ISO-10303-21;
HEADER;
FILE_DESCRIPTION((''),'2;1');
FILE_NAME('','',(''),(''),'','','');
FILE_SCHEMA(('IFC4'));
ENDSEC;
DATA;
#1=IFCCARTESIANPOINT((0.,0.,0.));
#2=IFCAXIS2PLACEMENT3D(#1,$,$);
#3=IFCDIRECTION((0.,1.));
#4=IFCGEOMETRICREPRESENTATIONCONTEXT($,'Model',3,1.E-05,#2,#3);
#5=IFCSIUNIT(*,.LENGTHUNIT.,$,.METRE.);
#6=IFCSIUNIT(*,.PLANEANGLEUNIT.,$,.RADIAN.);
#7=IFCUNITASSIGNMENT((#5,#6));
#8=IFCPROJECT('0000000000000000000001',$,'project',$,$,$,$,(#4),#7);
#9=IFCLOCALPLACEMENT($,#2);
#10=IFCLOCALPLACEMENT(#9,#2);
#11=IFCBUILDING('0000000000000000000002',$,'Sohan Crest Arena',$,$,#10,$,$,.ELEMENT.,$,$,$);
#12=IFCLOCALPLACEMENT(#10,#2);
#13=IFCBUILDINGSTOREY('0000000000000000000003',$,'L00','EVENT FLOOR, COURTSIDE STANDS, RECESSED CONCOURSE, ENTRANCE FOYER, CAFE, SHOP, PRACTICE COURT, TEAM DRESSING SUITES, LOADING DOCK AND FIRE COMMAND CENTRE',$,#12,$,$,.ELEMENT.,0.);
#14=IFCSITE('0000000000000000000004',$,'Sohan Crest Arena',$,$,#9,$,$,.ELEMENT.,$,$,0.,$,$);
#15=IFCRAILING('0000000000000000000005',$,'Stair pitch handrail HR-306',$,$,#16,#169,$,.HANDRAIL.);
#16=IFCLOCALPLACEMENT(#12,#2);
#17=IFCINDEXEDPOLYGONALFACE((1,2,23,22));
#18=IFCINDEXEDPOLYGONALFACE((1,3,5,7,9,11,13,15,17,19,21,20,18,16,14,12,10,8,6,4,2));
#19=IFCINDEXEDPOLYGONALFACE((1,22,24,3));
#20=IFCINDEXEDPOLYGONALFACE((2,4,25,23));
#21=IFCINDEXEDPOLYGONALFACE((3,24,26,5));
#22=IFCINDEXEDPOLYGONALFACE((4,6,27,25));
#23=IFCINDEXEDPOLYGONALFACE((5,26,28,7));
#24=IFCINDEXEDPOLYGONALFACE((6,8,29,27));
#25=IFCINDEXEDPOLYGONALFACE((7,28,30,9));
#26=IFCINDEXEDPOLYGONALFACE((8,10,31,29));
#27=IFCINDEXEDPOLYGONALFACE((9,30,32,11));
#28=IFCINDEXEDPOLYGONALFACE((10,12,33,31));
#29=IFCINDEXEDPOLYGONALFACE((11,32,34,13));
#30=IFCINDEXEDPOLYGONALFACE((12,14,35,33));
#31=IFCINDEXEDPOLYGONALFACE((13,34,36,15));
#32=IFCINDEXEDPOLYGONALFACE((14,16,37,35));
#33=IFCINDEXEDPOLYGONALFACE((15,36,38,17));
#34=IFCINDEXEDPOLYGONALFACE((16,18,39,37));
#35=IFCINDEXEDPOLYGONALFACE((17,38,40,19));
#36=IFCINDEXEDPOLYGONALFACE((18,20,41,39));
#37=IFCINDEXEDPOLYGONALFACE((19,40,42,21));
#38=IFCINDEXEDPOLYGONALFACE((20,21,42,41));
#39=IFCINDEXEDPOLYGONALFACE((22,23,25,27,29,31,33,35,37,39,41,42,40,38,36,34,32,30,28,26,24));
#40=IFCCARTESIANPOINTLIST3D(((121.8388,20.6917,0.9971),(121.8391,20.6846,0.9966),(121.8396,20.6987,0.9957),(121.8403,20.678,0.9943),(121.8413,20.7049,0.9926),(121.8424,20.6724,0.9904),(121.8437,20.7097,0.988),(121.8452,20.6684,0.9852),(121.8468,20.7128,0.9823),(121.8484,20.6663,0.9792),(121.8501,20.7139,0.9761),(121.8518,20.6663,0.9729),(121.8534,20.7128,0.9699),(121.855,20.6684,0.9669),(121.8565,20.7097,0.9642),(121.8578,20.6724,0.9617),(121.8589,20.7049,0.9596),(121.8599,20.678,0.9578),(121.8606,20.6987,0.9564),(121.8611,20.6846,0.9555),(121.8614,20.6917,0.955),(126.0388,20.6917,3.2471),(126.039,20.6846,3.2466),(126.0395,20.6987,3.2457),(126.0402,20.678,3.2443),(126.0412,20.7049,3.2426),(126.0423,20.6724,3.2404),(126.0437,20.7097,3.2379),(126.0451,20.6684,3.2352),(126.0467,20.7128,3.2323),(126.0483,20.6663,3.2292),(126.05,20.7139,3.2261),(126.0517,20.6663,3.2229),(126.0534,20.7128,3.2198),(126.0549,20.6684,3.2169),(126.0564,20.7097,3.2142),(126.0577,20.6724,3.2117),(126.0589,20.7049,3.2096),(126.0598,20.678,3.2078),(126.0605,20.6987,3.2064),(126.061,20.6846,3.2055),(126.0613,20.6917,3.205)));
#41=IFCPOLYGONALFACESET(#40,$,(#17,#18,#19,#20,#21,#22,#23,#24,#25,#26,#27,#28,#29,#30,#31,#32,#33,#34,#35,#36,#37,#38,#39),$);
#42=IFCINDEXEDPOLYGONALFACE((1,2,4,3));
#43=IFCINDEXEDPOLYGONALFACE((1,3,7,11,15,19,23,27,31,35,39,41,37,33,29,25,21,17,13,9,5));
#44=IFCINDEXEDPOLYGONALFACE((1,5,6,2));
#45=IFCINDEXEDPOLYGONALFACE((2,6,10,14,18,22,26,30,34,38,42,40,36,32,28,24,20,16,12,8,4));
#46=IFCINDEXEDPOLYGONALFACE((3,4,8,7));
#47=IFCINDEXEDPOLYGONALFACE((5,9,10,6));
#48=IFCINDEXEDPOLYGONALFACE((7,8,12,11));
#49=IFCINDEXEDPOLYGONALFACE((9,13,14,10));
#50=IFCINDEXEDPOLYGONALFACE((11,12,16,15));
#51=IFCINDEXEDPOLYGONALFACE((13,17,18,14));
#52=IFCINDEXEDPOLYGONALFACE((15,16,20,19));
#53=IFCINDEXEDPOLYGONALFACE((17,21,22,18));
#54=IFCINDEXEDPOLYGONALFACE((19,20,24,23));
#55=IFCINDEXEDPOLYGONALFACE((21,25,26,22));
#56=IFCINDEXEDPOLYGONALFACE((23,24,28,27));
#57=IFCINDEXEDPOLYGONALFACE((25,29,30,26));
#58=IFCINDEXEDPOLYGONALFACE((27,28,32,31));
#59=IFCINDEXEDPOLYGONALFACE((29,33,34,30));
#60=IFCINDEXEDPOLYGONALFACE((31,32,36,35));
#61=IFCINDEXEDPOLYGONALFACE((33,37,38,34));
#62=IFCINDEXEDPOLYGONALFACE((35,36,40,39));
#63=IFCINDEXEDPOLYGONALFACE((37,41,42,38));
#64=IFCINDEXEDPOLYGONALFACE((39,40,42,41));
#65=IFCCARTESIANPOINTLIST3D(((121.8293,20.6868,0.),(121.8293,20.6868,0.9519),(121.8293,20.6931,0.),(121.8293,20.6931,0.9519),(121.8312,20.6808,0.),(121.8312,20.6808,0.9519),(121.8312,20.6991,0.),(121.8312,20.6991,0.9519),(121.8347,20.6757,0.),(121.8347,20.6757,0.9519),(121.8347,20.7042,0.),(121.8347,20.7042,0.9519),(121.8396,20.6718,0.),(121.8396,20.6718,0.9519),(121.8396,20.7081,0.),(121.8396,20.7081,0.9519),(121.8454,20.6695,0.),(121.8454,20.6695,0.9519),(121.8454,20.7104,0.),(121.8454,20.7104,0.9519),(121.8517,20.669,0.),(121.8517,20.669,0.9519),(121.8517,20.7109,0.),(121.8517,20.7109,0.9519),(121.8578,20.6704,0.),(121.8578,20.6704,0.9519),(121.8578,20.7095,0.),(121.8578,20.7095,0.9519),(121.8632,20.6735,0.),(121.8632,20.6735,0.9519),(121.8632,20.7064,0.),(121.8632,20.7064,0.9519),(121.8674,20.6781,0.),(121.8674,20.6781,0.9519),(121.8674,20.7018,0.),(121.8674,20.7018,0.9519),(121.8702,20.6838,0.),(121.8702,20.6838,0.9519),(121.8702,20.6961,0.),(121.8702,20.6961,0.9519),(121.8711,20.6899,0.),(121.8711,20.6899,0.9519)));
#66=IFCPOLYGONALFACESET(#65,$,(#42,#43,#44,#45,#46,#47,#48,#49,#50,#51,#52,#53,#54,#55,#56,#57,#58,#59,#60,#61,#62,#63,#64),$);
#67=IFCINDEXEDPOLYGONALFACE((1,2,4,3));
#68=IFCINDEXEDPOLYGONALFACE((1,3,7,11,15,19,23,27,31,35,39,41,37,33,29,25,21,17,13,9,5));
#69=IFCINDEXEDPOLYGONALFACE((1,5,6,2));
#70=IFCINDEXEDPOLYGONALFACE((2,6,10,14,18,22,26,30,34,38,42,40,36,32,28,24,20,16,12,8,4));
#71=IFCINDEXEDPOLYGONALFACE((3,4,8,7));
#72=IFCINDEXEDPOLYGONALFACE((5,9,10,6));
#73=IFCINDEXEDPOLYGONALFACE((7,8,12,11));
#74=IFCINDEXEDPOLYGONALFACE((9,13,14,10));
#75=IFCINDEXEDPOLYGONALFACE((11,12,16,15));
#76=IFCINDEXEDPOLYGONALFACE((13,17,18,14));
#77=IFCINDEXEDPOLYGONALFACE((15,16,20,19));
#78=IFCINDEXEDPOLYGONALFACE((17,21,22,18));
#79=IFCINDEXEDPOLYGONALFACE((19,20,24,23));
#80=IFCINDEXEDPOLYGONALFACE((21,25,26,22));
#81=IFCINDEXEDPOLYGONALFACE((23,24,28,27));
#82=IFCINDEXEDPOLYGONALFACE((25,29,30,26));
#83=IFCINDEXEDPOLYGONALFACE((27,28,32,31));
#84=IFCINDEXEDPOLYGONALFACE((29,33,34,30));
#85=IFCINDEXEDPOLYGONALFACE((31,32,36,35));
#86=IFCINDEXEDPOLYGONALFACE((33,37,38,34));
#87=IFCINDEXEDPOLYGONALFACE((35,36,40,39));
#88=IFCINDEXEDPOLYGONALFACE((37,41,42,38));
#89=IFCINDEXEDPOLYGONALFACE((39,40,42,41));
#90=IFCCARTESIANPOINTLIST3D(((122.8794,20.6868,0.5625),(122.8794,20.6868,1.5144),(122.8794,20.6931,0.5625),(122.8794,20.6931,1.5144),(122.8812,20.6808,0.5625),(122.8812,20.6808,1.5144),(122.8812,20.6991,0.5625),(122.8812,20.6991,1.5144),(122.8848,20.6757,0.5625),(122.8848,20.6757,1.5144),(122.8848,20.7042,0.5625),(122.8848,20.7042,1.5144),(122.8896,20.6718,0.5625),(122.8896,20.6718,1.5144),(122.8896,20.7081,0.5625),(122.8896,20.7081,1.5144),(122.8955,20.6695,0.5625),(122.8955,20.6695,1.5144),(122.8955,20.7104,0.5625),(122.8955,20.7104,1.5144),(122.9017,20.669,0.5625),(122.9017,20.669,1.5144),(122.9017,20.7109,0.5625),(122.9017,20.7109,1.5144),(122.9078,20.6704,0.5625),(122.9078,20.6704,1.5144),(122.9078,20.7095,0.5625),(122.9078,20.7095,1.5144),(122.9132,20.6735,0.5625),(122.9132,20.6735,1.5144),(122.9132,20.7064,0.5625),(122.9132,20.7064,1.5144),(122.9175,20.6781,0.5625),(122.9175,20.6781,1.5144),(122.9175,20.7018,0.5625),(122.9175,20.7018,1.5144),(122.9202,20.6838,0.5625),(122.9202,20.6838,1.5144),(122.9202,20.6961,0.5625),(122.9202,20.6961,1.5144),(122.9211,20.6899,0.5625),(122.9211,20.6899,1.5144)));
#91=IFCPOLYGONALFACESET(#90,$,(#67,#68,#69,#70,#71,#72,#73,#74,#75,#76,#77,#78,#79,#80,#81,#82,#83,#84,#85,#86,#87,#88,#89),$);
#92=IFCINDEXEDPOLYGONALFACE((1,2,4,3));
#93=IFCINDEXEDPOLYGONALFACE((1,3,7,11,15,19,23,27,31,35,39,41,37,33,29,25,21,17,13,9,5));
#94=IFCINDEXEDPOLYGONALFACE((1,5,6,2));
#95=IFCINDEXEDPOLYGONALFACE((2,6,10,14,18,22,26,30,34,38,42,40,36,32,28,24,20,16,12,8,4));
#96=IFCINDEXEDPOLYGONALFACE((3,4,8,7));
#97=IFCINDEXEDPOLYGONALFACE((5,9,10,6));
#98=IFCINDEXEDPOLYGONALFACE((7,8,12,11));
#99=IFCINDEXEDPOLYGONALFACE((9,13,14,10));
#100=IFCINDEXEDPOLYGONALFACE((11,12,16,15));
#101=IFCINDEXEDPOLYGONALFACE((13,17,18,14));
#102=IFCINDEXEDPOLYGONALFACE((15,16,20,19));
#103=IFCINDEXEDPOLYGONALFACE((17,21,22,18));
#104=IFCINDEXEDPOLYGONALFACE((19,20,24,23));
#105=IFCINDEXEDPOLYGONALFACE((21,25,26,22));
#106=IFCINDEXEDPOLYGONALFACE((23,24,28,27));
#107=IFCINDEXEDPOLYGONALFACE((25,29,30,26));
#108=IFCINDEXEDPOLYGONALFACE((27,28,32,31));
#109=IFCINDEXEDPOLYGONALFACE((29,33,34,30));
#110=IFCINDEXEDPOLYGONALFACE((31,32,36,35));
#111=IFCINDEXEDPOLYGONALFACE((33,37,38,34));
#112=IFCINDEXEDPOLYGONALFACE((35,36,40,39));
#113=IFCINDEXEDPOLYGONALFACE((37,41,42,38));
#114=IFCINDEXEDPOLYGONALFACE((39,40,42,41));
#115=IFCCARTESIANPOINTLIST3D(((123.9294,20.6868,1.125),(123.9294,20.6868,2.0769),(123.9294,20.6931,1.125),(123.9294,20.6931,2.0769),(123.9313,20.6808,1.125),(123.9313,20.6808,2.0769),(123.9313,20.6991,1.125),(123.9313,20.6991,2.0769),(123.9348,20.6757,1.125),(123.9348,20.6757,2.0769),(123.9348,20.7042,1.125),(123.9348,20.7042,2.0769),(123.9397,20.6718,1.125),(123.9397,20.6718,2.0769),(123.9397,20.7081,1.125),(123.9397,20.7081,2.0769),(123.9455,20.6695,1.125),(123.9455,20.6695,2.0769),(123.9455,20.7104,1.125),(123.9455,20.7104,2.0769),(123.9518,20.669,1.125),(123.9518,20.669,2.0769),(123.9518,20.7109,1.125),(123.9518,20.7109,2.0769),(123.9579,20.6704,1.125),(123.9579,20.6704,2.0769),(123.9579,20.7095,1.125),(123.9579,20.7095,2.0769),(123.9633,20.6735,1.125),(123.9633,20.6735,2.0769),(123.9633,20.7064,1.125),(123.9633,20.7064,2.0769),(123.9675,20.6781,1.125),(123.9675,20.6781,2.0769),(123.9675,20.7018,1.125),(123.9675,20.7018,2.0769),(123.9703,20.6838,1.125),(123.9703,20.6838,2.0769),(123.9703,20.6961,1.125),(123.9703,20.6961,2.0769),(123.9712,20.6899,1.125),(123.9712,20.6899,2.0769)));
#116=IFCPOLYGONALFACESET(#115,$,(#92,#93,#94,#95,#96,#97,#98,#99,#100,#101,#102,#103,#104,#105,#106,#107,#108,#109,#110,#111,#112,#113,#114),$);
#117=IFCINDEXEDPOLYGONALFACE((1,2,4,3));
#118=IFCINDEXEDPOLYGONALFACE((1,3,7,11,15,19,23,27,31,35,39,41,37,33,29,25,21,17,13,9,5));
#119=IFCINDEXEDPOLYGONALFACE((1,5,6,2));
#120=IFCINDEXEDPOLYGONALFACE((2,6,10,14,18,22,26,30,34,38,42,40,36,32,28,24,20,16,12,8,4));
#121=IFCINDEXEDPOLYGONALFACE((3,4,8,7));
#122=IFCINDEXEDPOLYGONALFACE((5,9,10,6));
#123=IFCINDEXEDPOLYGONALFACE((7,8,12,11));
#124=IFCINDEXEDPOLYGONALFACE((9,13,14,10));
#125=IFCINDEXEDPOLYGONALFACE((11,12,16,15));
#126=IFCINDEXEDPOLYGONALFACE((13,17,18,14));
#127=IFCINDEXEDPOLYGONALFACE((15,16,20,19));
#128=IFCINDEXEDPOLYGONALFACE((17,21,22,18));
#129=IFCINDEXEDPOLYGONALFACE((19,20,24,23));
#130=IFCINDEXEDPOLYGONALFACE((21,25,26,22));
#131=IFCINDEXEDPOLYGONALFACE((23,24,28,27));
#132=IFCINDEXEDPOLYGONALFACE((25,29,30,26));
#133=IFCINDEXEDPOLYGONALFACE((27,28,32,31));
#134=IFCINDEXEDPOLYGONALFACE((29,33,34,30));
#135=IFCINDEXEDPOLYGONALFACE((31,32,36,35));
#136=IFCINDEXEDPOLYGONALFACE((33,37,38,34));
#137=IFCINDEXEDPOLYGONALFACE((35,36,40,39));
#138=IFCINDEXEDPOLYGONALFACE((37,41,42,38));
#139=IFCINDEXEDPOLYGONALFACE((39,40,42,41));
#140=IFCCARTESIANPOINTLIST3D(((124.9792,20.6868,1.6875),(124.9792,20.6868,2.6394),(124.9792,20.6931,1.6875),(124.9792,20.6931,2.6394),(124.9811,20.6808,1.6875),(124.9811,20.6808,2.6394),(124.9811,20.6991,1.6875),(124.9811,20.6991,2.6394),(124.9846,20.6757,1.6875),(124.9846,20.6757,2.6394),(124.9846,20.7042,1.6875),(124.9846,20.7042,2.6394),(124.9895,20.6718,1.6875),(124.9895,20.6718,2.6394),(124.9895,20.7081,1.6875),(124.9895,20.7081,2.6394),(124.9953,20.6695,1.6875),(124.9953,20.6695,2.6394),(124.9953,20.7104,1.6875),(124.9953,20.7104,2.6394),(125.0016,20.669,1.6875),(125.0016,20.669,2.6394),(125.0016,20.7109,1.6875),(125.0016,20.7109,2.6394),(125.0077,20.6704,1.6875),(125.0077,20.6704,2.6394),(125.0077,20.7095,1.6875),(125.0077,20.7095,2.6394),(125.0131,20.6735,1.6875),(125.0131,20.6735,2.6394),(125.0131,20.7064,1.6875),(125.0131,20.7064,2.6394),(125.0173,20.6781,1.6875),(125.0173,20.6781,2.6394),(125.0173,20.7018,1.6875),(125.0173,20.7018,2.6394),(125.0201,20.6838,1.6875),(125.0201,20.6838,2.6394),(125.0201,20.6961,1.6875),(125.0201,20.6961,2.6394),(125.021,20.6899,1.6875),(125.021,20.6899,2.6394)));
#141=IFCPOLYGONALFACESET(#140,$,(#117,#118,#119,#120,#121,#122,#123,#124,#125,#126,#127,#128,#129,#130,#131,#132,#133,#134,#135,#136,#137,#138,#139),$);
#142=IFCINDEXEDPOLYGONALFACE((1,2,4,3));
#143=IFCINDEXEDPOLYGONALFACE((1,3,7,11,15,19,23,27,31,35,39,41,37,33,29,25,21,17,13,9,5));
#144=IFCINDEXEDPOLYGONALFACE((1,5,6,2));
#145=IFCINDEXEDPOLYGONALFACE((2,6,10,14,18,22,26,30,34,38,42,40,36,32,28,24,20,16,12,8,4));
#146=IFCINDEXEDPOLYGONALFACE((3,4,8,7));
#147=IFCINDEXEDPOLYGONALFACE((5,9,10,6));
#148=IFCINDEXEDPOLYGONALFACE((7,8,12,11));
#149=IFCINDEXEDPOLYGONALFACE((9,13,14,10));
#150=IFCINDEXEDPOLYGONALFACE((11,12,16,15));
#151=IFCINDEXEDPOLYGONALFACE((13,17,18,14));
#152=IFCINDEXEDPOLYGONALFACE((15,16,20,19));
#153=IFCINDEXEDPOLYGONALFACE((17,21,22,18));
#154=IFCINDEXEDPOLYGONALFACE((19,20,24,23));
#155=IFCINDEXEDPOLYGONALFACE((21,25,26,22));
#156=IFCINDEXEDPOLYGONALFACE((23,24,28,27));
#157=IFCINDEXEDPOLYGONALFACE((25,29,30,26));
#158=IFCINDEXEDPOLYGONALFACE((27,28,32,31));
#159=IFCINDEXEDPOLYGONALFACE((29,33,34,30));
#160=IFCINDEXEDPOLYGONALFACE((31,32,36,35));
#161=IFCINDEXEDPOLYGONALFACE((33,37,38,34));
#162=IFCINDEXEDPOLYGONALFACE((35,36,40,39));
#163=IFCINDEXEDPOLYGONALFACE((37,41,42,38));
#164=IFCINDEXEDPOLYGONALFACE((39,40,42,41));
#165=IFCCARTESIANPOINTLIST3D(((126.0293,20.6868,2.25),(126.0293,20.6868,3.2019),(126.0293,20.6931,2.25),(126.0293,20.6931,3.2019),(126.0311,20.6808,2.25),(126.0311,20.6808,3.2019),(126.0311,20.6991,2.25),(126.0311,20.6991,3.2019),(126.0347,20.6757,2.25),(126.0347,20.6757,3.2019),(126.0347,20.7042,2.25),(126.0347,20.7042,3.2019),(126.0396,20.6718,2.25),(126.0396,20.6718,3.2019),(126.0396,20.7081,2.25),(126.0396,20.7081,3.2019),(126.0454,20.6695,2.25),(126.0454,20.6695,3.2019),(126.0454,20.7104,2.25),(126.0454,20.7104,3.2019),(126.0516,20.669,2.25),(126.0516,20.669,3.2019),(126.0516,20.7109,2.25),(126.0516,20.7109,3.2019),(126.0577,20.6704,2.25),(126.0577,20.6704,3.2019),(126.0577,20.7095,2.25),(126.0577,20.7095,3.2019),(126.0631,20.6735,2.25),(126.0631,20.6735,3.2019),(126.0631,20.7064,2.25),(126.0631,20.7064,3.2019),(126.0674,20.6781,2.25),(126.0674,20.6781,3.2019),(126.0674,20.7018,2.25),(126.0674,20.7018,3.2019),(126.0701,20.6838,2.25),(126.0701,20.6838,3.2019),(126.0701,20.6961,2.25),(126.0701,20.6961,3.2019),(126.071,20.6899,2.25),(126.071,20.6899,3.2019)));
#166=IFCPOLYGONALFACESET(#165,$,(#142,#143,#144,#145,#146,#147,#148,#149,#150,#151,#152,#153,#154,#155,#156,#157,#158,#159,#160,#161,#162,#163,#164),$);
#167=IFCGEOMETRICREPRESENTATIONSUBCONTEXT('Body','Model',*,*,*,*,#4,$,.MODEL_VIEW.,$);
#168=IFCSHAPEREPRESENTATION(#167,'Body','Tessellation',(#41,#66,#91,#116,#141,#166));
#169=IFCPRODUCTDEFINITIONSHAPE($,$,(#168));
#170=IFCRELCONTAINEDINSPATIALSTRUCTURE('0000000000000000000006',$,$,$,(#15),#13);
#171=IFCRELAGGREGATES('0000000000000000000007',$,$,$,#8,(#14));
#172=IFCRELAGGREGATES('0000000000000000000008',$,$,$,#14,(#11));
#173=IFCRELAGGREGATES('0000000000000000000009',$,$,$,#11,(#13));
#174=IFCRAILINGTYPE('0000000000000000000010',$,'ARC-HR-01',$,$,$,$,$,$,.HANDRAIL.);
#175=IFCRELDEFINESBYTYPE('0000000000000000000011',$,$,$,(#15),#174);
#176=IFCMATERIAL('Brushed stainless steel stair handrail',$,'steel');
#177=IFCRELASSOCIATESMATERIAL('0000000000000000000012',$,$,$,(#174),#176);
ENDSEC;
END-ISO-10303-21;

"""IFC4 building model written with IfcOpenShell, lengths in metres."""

from ifc_helpers import new_model, si_unit, direction, frame, origin, origin_2d, place, context, subcontext, project, spatial, circle, extrude, material, type_object, element, save


model = new_model("IFC4")

# Units and contexts
model_context = context("Model", 3, precision=1e-05, world=origin(), true_north=direction((0.0, 1.0)))
body_context = subcontext(model_context, "Body", "Model", "MODEL_VIEW")
ifc_project = project(units=[si_unit("LENGTHUNIT", "METRE"), si_unit("PLANEANGLEUNIT", "RADIAN")], contexts=[model_context])

# Site, building, storey
site_placement = place(None, origin())
site = spatial("IfcSite", under=ifc_project, at=site_placement, Name="Sohan Crest Arena", CompositionType="ELEMENT", RefElevation=0.0)
building_placement = place(site_placement, origin())
building = spatial("IfcBuilding", under=site, at=building_placement, Name="Sohan Crest Arena", CompositionType="ELEMENT")
storey_placement = place(building_placement, origin())
storey = spatial("IfcBuildingStorey", under=building, at=storey_placement, Name="L00", Description="EVENT FLOOR, COURTSIDE STANDS, RECESSED CONCOURSE, ENTRANCE FOYER, CAFE, SHOP, PRACTICE COURT, TEAM DRESSING SUITES, LOADING DOCK AND FIRE COMMAND CENTRE", CompositionType="ELEMENT", Elevation=0.0)

# Railing
ifc_material_1 = material(Name="Brushed stainless steel stair handrail", Category="steel")
railing_type = type_object("IfcRailingType", Name="ARC-HR-01", PredefinedType="HANDRAIL", material=ifc_material_1)
for number, where, name in (
    (1, (121.8501, 20.6899, 0.0), "Stair pitch handrail HR-306"),
):
    element("IfcRailing", number, at=place(storey_placement, frame(where)), inside=storey, type_object=railing_type, Name=name, PredefinedType="HANDRAIL", context=body_context, shape_type="SweptSolid", body=[
        extrude(circle(Radius=0.0239, at=origin_2d()), frame((0.0, 0.0, 0.9761), z_axis=(0.881478, 0.0, 0.472226), x_axis=(0.0, 1.0, 0.0)), (0.0, 0.0, 1.0), 4.7646),
        extrude(circle(Radius=0.021, at=origin_2d()), origin(), (0.0, 0.0, 1.0), 0.9519),
        extrude(circle(Radius=0.021, at=origin_2d()), frame((1.05, 0.0, 0.5625)), (0.0, 0.0, 1.0), 0.9519),
        extrude(circle(Radius=0.021, at=origin_2d()), frame((2.1001, 0.0, 1.125)), (0.0, 0.0, 1.0), 0.9519),
        extrude(circle(Radius=0.021, at=origin_2d()), frame((3.1499, 0.0, 1.6875)), (0.0, 0.0, 1.0), 0.9519),
        extrude(circle(Radius=0.021, at=origin_2d()), frame((4.2, 0.0, 2.25)), (0.0, 0.0, 1.0), 0.9519),
    ])

save(model, "model.ifc")
